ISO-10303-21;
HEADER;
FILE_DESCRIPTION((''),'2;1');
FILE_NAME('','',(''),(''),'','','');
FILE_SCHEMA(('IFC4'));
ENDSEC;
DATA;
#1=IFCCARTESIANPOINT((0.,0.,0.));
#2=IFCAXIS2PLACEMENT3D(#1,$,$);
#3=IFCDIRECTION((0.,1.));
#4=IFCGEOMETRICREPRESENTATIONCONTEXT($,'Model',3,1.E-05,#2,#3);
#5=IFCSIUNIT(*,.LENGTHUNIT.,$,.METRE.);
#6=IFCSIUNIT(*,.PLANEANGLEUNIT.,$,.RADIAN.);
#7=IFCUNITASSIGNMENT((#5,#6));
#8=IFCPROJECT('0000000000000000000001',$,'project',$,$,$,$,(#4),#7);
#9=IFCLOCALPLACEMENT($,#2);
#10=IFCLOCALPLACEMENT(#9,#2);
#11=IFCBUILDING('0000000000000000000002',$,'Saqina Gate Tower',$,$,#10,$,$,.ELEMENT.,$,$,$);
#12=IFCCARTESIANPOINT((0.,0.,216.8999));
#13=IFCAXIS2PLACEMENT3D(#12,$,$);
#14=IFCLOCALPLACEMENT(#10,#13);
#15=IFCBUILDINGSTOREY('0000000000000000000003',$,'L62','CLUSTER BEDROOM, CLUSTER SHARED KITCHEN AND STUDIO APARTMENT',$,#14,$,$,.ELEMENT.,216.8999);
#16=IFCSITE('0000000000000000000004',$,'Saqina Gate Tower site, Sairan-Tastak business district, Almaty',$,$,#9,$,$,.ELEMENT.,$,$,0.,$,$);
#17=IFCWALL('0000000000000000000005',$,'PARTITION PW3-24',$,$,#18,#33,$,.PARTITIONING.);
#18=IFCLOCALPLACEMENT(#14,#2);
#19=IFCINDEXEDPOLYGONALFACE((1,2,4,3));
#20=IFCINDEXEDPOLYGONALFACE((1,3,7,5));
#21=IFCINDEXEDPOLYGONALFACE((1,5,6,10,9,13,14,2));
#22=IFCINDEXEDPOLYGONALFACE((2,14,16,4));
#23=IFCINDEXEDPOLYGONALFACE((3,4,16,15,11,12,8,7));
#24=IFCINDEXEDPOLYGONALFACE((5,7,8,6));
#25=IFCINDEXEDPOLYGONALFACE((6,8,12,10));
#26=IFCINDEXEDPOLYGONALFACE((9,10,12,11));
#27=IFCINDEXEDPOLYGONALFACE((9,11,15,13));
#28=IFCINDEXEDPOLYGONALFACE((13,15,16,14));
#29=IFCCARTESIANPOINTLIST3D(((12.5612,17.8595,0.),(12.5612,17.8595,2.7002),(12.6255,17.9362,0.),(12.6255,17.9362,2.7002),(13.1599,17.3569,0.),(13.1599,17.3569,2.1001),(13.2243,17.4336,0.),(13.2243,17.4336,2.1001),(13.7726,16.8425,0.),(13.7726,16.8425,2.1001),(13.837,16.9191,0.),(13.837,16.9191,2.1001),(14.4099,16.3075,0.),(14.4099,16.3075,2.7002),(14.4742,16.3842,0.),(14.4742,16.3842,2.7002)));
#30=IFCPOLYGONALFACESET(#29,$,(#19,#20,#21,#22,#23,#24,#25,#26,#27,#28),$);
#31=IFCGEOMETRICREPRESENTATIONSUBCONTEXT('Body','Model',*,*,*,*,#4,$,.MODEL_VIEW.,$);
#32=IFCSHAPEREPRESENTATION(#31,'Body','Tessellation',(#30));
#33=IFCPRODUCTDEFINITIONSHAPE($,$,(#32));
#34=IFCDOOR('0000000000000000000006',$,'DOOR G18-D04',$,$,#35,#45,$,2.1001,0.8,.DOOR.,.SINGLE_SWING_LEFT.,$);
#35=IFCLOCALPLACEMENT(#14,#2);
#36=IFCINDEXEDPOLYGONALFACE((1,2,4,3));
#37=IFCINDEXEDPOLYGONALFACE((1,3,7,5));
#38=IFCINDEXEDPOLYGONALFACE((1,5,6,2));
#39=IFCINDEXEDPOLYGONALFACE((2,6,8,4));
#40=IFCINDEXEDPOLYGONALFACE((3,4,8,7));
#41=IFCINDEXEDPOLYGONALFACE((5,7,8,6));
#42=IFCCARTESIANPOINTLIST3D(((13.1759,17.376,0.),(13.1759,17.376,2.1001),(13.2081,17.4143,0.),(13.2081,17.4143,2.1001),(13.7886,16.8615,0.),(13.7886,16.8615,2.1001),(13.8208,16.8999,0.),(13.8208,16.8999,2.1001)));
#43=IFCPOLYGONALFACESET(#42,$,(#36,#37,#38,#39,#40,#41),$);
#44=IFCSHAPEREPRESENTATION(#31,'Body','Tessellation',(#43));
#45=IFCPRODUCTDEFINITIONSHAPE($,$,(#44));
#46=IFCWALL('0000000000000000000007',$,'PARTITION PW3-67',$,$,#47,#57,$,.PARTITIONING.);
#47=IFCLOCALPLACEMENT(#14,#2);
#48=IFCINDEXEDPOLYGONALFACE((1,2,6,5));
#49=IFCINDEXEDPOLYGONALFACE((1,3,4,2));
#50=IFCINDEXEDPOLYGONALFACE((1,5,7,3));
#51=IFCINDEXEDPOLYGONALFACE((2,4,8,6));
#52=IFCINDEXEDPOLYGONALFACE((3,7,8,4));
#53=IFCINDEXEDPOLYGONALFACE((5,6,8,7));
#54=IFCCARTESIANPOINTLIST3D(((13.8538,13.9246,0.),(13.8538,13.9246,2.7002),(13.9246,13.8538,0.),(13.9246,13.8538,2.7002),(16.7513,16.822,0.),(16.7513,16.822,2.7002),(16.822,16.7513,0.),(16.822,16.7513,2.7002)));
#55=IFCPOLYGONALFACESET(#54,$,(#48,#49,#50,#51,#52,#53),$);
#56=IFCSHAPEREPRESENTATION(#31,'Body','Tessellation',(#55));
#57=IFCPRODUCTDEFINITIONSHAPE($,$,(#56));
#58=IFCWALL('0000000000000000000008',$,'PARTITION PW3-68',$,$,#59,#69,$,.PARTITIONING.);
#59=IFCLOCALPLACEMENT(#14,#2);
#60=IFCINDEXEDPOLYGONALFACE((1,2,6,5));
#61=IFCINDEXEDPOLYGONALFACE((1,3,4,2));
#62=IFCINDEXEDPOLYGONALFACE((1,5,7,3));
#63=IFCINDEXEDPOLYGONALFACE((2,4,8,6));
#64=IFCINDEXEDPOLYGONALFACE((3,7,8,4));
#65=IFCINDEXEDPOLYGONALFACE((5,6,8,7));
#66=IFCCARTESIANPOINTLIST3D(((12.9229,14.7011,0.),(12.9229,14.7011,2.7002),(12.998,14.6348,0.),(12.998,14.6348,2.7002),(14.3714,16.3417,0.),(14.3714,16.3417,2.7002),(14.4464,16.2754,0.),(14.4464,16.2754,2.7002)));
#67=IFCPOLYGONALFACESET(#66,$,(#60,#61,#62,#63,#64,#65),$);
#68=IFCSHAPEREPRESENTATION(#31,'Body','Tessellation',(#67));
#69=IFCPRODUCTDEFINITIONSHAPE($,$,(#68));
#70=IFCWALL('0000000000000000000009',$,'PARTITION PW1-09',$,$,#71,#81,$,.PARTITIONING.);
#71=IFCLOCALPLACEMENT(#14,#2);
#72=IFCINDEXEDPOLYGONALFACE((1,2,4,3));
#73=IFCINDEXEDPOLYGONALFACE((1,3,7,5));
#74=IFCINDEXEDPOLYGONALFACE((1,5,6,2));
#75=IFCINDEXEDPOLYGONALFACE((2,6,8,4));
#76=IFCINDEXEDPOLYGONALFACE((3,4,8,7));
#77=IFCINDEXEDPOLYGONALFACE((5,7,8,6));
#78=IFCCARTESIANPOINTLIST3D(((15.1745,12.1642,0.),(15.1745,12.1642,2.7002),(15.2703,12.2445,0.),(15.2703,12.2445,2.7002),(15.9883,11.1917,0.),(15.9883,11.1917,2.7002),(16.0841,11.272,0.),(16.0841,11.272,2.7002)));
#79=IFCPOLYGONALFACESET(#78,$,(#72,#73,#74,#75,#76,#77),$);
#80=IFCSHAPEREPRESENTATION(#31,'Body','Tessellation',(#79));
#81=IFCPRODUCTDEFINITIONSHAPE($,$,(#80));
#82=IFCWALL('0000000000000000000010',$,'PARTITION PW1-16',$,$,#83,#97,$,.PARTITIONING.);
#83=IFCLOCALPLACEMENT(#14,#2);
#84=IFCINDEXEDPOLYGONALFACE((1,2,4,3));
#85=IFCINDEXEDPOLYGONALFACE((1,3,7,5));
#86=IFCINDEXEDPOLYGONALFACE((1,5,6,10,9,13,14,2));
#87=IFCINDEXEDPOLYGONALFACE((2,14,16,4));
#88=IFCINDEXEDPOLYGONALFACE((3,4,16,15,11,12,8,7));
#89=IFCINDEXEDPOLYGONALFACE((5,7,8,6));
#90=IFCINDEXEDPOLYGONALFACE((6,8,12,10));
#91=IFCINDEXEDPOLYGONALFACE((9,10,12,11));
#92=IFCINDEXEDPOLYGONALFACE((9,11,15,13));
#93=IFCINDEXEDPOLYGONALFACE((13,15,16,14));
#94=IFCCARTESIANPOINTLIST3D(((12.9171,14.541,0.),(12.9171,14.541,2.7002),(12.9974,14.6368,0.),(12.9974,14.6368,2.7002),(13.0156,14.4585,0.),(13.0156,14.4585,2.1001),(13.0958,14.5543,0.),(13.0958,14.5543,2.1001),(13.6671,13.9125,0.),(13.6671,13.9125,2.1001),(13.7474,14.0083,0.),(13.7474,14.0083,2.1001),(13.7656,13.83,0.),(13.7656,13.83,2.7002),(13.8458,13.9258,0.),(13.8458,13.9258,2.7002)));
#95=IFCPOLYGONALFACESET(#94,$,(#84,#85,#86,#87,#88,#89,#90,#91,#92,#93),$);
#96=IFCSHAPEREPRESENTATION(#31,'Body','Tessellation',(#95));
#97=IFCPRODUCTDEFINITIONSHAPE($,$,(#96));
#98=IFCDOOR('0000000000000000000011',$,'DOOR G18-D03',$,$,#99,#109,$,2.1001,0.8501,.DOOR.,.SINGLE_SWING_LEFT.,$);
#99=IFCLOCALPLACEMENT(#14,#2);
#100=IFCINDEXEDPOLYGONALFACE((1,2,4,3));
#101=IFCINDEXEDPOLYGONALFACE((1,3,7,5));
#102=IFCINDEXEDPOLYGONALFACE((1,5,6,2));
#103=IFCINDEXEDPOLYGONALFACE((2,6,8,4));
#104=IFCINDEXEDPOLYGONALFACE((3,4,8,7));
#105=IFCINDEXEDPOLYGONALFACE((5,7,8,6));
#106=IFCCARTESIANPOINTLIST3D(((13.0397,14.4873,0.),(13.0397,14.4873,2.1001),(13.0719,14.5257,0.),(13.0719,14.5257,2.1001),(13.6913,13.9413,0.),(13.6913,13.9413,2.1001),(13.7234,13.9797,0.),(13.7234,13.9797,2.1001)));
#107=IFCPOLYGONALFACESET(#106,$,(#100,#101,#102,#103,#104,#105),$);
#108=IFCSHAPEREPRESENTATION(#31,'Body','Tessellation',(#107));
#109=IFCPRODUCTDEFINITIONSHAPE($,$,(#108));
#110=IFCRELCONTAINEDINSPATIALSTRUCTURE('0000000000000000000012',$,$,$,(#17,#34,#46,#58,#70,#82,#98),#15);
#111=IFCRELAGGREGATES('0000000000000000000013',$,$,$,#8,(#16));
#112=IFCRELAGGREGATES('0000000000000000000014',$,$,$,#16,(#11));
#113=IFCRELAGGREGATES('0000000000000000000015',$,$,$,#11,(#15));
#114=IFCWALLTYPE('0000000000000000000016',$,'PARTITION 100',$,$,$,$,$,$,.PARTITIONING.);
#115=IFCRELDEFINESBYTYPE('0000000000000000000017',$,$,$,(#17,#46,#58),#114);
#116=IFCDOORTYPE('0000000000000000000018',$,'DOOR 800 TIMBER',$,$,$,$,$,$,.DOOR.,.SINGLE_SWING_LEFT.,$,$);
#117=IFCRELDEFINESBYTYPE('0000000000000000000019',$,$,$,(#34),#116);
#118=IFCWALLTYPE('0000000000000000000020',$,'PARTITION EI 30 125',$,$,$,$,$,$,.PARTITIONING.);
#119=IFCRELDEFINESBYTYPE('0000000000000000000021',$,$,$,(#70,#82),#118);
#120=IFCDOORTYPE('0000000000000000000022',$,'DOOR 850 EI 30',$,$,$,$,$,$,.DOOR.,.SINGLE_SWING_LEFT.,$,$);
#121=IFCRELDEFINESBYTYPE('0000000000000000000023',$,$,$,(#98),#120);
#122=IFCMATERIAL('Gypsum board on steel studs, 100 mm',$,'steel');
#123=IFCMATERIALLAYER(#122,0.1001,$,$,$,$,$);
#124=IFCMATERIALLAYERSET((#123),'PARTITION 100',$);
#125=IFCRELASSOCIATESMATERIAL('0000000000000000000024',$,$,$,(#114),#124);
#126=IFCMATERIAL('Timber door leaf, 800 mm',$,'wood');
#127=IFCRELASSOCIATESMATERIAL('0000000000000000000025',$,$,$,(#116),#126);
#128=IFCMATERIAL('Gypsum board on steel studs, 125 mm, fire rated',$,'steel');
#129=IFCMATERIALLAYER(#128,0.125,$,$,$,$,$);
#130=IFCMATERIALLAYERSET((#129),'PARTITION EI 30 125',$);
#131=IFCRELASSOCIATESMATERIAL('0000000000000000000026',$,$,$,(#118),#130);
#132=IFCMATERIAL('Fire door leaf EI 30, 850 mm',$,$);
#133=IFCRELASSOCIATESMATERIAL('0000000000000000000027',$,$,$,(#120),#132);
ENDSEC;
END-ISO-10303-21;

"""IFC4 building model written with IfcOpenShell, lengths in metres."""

from ifc_helpers import new_model, si_unit, direction, frame, frame_2d, origin, place, context, subcontext, project, spatial, rectangle, extrude, material, layer, layer_set, type_object, element, fill, save


model = new_model("IFC4")

# Units and contexts
model_context = context("Model", 3, precision=1e-05, world=origin(), true_north=direction((0.0, 1.0)))
body_context = subcontext(model_context, "Body", "Model", "MODEL_VIEW")
ifc_project = project(units=[si_unit("LENGTHUNIT", "METRE"), si_unit("PLANEANGLEUNIT", "RADIAN")], contexts=[model_context])

# Site, building, storey
site_placement = place(None, origin())
site = spatial("IfcSite", under=ifc_project, at=site_placement, Name="Saqina Gate Tower site, Sairan-Tastak business district, Almaty", CompositionType="ELEMENT", RefElevation=0.0)
building_placement = place(site_placement, origin())
building = spatial("IfcBuilding", under=site, at=building_placement, Name="Saqina Gate Tower", CompositionType="ELEMENT")
storey_placement = place(building_placement, frame((0.0, 0.0, 216.8999)))
storey = spatial("IfcBuildingStorey", under=building, at=storey_placement, Name="L62", Description="CLUSTER BEDROOM, CLUSTER SHARED KITCHEN AND STUDIO APARTMENT", CompositionType="ELEMENT", Elevation=216.8999)

# Shared definitions
ifc_material_1 = material(Name="Gypsum board on steel studs, 100 mm", Category="steel")
ifc_layer_1 = layer(ifc_material_1, 0.1001)
ifc_layer_set_1 = layer_set([ifc_layer_1], Name="PARTITION 100")
wall_type_1 = type_object("IfcWallType", Name="PARTITION 100", PredefinedType="PARTITIONING", material=ifc_layer_set_1)

# Wall, opening, door
ifc_material_2 = material(Name="Timber door leaf, 800 mm", Category="wood")
door_type_1 = type_object("IfcDoorType", Name="DOOR 800 TIMBER", OperationType="SINGLE_SWING_LEFT", PredefinedType="DOOR", material=ifc_material_2)
wall_1_placement = place(storey_placement, frame((12.5933, 17.8979, 0.0), z_axis=(0.0, 0.0, 1.0), x_axis=(0.765878, -0.642986, 0.0)))
wall_1 = element("IfcWall", 1, at=wall_1_placement, inside=storey, type_object=wall_type_1, Name="PARTITION PW3-24", PredefinedType="PARTITIONING", context=body_context, shape_type="SweptSolid", body=[
    extrude(rectangle(XDim=2.4138, YDim=0.1001, at=frame_2d((1.207, 0.0))), origin(), (0.0, 0.0, 1.0), 2.7002),
])
opening_1_placement = place(wall_1_placement, frame((0.782, 0.0, 0.0)))
opening_1 = element("IfcOpeningElement", 2, at=opening_1_placement, cuts=wall_1, PredefinedType="OPENING", context=body_context, shape_type="SweptSolid", body=[
    extrude(rectangle(XDim=0.8, YDim=2.1001, at=frame_2d((0.3999, 1.05))), frame((0.0, 0.062, 0.0), z_axis=(0.0, -1.0, 0.0), x_axis=(1.0, 0.0, 0.0)), (0.0, 0.0, 1.0), 0.124),
])
door_1_placement = place(opening_1_placement, origin())
door_1 = element("IfcDoor", 3, at=door_1_placement, inside=storey, type_object=door_type_1, Name="DOOR G18-D04", OperationType="SINGLE_SWING_LEFT", OverallHeight=2.1001, OverallWidth=0.8, PredefinedType="DOOR", context=body_context, shape_type="SweptSolid", body=[
    extrude(rectangle(XDim=0.8, YDim=2.1001, at=frame_2d((0.3999, 1.05))), frame((0.0, 0.0249, 0.0), z_axis=(0.0, -1.0, 0.0), x_axis=(1.0, 0.0, 0.0)), (0.0, 0.0, 1.0), 0.05),
])
fill(opening_1, door_1)

# Walls
wall_2_placement = place(storey_placement, frame((13.8892, 13.8892, 0.0), z_axis=(0.0, 0.0, 1.0), x_axis=(0.707107, 0.707107, 0.0)))
element("IfcWall", 4, at=wall_2_placement, inside=storey, type_object=wall_type_1, Name="PARTITION PW3-67", PredefinedType="PARTITIONING", context=body_context, shape_type="SweptSolid", body=[
    extrude(rectangle(XDim=4.0977, YDim=0.1001, at=frame_2d((2.0488, 0.0))), origin(), (0.0, 0.0, 1.0), 2.7002),
])
wall_3_placement = place(storey_placement, frame((12.9604, 14.668, 0.0), z_axis=(0.0, 0.0, 1.0), x_axis=(0.661847, 0.749639, 0.0)))
element("IfcWall", 5, at=wall_3_placement, inside=storey, type_object=wall_type_1, Name="PARTITION PW3-68", PredefinedType="PARTITIONING", context=body_context, shape_type="SweptSolid", body=[
    extrude(rectangle(XDim=2.1885, YDim=0.1001, at=frame_2d((1.0942, 0.0))), origin(), (0.0, 0.0, 1.0), 2.7002),
])
ifc_material_3 = material(Name="Gypsum board on steel studs, 125 mm, fire rated", Category="steel")
ifc_layer_2 = layer(ifc_material_3, 0.125)
ifc_layer_set_2 = layer_set([ifc_layer_2], Name="PARTITION EI 30 125")
wall_type_2 = type_object("IfcWallType", Name="PARTITION EI 30 125", PredefinedType="PARTITIONING", material=ifc_layer_set_2)
wall_4_placement = place(storey_placement, frame((15.2224, 12.2043, 0.0), z_axis=(0.0, 0.0, 1.0), x_axis=(0.641755, -0.76691, 0.0)))
element("IfcWall", 6, at=wall_4_placement, inside=storey, type_object=wall_type_2, Name="PARTITION PW1-09", PredefinedType="PARTITIONING", context=body_context, shape_type="SweptSolid", body=[
    extrude(rectangle(XDim=1.2681, YDim=0.125, at=frame_2d((0.634, 0.0))), origin(), (0.0, 0.0, 1.0), 2.7002),
])

# Wall, opening, door
wall_5_placement = place(storey_placement, frame((12.9573, 14.5889, 0.0), z_axis=(0.0, 0.0, 1.0), x_axis=(0.766465, -0.642286, 0.0)))
wall_5 = element("IfcWall", 7, at=wall_5_placement, inside=storey, type_object=wall_type_2, Name="PARTITION PW1-16", PredefinedType="PARTITIONING", context=body_context, shape_type="SweptSolid", body=[
    extrude(rectangle(XDim=1.1069, YDim=0.125, at=frame_2d((0.5535, 0.0))), origin(), (0.0, 0.0, 1.0), 2.7002),
])
opening_2_placement = place(wall_5_placement, frame((0.1284, 0.0, 0.0)))
opening_2 = element("IfcOpeningElement", 8, at=opening_2_placement, cuts=wall_5, PredefinedType="OPENING", context=body_context, shape_type="SweptSolid", body=[
    extrude(rectangle(XDim=0.8501, YDim=2.1001, at=frame_2d((0.425, 1.05))), frame((0.0, 0.0745, 0.0), z_axis=(0.0, -1.0, 0.0), x_axis=(1.0, 0.0, 0.0)), (0.0, 0.0, 1.0), 0.1489),
])
ifc_material_4 = material(Name="Fire door leaf EI 30, 850 mm")
door_type_2 = type_object("IfcDoorType", Name="DOOR 850 EI 30", OperationType="SINGLE_SWING_LEFT", PredefinedType="DOOR", material=ifc_material_4)
door_2_placement = place(opening_2_placement, frame((0.8501, 0.0, 0.0), z_axis=(0.0, 0.0, 1.0), x_axis=(-1.0, 0.0, 0.0)))
door_2 = element("IfcDoor", 9, at=door_2_placement, inside=storey, type_object=door_type_2, Name="DOOR G18-D03", OperationType="SINGLE_SWING_LEFT", OverallHeight=2.1001, OverallWidth=0.8501, PredefinedType="DOOR", context=body_context, shape_type="SweptSolid", body=[
    extrude(rectangle(XDim=0.8501, YDim=2.1001, at=frame_2d((0.425, 1.05))), frame((0.0, 0.0249, 0.0), z_axis=(0.0, -1.0, 0.0), x_axis=(1.0, 0.0, 0.0)), (0.0, 0.0, 1.0), 0.05),
])
fill(opening_2, door_2)

save(model, "model.ifc")
